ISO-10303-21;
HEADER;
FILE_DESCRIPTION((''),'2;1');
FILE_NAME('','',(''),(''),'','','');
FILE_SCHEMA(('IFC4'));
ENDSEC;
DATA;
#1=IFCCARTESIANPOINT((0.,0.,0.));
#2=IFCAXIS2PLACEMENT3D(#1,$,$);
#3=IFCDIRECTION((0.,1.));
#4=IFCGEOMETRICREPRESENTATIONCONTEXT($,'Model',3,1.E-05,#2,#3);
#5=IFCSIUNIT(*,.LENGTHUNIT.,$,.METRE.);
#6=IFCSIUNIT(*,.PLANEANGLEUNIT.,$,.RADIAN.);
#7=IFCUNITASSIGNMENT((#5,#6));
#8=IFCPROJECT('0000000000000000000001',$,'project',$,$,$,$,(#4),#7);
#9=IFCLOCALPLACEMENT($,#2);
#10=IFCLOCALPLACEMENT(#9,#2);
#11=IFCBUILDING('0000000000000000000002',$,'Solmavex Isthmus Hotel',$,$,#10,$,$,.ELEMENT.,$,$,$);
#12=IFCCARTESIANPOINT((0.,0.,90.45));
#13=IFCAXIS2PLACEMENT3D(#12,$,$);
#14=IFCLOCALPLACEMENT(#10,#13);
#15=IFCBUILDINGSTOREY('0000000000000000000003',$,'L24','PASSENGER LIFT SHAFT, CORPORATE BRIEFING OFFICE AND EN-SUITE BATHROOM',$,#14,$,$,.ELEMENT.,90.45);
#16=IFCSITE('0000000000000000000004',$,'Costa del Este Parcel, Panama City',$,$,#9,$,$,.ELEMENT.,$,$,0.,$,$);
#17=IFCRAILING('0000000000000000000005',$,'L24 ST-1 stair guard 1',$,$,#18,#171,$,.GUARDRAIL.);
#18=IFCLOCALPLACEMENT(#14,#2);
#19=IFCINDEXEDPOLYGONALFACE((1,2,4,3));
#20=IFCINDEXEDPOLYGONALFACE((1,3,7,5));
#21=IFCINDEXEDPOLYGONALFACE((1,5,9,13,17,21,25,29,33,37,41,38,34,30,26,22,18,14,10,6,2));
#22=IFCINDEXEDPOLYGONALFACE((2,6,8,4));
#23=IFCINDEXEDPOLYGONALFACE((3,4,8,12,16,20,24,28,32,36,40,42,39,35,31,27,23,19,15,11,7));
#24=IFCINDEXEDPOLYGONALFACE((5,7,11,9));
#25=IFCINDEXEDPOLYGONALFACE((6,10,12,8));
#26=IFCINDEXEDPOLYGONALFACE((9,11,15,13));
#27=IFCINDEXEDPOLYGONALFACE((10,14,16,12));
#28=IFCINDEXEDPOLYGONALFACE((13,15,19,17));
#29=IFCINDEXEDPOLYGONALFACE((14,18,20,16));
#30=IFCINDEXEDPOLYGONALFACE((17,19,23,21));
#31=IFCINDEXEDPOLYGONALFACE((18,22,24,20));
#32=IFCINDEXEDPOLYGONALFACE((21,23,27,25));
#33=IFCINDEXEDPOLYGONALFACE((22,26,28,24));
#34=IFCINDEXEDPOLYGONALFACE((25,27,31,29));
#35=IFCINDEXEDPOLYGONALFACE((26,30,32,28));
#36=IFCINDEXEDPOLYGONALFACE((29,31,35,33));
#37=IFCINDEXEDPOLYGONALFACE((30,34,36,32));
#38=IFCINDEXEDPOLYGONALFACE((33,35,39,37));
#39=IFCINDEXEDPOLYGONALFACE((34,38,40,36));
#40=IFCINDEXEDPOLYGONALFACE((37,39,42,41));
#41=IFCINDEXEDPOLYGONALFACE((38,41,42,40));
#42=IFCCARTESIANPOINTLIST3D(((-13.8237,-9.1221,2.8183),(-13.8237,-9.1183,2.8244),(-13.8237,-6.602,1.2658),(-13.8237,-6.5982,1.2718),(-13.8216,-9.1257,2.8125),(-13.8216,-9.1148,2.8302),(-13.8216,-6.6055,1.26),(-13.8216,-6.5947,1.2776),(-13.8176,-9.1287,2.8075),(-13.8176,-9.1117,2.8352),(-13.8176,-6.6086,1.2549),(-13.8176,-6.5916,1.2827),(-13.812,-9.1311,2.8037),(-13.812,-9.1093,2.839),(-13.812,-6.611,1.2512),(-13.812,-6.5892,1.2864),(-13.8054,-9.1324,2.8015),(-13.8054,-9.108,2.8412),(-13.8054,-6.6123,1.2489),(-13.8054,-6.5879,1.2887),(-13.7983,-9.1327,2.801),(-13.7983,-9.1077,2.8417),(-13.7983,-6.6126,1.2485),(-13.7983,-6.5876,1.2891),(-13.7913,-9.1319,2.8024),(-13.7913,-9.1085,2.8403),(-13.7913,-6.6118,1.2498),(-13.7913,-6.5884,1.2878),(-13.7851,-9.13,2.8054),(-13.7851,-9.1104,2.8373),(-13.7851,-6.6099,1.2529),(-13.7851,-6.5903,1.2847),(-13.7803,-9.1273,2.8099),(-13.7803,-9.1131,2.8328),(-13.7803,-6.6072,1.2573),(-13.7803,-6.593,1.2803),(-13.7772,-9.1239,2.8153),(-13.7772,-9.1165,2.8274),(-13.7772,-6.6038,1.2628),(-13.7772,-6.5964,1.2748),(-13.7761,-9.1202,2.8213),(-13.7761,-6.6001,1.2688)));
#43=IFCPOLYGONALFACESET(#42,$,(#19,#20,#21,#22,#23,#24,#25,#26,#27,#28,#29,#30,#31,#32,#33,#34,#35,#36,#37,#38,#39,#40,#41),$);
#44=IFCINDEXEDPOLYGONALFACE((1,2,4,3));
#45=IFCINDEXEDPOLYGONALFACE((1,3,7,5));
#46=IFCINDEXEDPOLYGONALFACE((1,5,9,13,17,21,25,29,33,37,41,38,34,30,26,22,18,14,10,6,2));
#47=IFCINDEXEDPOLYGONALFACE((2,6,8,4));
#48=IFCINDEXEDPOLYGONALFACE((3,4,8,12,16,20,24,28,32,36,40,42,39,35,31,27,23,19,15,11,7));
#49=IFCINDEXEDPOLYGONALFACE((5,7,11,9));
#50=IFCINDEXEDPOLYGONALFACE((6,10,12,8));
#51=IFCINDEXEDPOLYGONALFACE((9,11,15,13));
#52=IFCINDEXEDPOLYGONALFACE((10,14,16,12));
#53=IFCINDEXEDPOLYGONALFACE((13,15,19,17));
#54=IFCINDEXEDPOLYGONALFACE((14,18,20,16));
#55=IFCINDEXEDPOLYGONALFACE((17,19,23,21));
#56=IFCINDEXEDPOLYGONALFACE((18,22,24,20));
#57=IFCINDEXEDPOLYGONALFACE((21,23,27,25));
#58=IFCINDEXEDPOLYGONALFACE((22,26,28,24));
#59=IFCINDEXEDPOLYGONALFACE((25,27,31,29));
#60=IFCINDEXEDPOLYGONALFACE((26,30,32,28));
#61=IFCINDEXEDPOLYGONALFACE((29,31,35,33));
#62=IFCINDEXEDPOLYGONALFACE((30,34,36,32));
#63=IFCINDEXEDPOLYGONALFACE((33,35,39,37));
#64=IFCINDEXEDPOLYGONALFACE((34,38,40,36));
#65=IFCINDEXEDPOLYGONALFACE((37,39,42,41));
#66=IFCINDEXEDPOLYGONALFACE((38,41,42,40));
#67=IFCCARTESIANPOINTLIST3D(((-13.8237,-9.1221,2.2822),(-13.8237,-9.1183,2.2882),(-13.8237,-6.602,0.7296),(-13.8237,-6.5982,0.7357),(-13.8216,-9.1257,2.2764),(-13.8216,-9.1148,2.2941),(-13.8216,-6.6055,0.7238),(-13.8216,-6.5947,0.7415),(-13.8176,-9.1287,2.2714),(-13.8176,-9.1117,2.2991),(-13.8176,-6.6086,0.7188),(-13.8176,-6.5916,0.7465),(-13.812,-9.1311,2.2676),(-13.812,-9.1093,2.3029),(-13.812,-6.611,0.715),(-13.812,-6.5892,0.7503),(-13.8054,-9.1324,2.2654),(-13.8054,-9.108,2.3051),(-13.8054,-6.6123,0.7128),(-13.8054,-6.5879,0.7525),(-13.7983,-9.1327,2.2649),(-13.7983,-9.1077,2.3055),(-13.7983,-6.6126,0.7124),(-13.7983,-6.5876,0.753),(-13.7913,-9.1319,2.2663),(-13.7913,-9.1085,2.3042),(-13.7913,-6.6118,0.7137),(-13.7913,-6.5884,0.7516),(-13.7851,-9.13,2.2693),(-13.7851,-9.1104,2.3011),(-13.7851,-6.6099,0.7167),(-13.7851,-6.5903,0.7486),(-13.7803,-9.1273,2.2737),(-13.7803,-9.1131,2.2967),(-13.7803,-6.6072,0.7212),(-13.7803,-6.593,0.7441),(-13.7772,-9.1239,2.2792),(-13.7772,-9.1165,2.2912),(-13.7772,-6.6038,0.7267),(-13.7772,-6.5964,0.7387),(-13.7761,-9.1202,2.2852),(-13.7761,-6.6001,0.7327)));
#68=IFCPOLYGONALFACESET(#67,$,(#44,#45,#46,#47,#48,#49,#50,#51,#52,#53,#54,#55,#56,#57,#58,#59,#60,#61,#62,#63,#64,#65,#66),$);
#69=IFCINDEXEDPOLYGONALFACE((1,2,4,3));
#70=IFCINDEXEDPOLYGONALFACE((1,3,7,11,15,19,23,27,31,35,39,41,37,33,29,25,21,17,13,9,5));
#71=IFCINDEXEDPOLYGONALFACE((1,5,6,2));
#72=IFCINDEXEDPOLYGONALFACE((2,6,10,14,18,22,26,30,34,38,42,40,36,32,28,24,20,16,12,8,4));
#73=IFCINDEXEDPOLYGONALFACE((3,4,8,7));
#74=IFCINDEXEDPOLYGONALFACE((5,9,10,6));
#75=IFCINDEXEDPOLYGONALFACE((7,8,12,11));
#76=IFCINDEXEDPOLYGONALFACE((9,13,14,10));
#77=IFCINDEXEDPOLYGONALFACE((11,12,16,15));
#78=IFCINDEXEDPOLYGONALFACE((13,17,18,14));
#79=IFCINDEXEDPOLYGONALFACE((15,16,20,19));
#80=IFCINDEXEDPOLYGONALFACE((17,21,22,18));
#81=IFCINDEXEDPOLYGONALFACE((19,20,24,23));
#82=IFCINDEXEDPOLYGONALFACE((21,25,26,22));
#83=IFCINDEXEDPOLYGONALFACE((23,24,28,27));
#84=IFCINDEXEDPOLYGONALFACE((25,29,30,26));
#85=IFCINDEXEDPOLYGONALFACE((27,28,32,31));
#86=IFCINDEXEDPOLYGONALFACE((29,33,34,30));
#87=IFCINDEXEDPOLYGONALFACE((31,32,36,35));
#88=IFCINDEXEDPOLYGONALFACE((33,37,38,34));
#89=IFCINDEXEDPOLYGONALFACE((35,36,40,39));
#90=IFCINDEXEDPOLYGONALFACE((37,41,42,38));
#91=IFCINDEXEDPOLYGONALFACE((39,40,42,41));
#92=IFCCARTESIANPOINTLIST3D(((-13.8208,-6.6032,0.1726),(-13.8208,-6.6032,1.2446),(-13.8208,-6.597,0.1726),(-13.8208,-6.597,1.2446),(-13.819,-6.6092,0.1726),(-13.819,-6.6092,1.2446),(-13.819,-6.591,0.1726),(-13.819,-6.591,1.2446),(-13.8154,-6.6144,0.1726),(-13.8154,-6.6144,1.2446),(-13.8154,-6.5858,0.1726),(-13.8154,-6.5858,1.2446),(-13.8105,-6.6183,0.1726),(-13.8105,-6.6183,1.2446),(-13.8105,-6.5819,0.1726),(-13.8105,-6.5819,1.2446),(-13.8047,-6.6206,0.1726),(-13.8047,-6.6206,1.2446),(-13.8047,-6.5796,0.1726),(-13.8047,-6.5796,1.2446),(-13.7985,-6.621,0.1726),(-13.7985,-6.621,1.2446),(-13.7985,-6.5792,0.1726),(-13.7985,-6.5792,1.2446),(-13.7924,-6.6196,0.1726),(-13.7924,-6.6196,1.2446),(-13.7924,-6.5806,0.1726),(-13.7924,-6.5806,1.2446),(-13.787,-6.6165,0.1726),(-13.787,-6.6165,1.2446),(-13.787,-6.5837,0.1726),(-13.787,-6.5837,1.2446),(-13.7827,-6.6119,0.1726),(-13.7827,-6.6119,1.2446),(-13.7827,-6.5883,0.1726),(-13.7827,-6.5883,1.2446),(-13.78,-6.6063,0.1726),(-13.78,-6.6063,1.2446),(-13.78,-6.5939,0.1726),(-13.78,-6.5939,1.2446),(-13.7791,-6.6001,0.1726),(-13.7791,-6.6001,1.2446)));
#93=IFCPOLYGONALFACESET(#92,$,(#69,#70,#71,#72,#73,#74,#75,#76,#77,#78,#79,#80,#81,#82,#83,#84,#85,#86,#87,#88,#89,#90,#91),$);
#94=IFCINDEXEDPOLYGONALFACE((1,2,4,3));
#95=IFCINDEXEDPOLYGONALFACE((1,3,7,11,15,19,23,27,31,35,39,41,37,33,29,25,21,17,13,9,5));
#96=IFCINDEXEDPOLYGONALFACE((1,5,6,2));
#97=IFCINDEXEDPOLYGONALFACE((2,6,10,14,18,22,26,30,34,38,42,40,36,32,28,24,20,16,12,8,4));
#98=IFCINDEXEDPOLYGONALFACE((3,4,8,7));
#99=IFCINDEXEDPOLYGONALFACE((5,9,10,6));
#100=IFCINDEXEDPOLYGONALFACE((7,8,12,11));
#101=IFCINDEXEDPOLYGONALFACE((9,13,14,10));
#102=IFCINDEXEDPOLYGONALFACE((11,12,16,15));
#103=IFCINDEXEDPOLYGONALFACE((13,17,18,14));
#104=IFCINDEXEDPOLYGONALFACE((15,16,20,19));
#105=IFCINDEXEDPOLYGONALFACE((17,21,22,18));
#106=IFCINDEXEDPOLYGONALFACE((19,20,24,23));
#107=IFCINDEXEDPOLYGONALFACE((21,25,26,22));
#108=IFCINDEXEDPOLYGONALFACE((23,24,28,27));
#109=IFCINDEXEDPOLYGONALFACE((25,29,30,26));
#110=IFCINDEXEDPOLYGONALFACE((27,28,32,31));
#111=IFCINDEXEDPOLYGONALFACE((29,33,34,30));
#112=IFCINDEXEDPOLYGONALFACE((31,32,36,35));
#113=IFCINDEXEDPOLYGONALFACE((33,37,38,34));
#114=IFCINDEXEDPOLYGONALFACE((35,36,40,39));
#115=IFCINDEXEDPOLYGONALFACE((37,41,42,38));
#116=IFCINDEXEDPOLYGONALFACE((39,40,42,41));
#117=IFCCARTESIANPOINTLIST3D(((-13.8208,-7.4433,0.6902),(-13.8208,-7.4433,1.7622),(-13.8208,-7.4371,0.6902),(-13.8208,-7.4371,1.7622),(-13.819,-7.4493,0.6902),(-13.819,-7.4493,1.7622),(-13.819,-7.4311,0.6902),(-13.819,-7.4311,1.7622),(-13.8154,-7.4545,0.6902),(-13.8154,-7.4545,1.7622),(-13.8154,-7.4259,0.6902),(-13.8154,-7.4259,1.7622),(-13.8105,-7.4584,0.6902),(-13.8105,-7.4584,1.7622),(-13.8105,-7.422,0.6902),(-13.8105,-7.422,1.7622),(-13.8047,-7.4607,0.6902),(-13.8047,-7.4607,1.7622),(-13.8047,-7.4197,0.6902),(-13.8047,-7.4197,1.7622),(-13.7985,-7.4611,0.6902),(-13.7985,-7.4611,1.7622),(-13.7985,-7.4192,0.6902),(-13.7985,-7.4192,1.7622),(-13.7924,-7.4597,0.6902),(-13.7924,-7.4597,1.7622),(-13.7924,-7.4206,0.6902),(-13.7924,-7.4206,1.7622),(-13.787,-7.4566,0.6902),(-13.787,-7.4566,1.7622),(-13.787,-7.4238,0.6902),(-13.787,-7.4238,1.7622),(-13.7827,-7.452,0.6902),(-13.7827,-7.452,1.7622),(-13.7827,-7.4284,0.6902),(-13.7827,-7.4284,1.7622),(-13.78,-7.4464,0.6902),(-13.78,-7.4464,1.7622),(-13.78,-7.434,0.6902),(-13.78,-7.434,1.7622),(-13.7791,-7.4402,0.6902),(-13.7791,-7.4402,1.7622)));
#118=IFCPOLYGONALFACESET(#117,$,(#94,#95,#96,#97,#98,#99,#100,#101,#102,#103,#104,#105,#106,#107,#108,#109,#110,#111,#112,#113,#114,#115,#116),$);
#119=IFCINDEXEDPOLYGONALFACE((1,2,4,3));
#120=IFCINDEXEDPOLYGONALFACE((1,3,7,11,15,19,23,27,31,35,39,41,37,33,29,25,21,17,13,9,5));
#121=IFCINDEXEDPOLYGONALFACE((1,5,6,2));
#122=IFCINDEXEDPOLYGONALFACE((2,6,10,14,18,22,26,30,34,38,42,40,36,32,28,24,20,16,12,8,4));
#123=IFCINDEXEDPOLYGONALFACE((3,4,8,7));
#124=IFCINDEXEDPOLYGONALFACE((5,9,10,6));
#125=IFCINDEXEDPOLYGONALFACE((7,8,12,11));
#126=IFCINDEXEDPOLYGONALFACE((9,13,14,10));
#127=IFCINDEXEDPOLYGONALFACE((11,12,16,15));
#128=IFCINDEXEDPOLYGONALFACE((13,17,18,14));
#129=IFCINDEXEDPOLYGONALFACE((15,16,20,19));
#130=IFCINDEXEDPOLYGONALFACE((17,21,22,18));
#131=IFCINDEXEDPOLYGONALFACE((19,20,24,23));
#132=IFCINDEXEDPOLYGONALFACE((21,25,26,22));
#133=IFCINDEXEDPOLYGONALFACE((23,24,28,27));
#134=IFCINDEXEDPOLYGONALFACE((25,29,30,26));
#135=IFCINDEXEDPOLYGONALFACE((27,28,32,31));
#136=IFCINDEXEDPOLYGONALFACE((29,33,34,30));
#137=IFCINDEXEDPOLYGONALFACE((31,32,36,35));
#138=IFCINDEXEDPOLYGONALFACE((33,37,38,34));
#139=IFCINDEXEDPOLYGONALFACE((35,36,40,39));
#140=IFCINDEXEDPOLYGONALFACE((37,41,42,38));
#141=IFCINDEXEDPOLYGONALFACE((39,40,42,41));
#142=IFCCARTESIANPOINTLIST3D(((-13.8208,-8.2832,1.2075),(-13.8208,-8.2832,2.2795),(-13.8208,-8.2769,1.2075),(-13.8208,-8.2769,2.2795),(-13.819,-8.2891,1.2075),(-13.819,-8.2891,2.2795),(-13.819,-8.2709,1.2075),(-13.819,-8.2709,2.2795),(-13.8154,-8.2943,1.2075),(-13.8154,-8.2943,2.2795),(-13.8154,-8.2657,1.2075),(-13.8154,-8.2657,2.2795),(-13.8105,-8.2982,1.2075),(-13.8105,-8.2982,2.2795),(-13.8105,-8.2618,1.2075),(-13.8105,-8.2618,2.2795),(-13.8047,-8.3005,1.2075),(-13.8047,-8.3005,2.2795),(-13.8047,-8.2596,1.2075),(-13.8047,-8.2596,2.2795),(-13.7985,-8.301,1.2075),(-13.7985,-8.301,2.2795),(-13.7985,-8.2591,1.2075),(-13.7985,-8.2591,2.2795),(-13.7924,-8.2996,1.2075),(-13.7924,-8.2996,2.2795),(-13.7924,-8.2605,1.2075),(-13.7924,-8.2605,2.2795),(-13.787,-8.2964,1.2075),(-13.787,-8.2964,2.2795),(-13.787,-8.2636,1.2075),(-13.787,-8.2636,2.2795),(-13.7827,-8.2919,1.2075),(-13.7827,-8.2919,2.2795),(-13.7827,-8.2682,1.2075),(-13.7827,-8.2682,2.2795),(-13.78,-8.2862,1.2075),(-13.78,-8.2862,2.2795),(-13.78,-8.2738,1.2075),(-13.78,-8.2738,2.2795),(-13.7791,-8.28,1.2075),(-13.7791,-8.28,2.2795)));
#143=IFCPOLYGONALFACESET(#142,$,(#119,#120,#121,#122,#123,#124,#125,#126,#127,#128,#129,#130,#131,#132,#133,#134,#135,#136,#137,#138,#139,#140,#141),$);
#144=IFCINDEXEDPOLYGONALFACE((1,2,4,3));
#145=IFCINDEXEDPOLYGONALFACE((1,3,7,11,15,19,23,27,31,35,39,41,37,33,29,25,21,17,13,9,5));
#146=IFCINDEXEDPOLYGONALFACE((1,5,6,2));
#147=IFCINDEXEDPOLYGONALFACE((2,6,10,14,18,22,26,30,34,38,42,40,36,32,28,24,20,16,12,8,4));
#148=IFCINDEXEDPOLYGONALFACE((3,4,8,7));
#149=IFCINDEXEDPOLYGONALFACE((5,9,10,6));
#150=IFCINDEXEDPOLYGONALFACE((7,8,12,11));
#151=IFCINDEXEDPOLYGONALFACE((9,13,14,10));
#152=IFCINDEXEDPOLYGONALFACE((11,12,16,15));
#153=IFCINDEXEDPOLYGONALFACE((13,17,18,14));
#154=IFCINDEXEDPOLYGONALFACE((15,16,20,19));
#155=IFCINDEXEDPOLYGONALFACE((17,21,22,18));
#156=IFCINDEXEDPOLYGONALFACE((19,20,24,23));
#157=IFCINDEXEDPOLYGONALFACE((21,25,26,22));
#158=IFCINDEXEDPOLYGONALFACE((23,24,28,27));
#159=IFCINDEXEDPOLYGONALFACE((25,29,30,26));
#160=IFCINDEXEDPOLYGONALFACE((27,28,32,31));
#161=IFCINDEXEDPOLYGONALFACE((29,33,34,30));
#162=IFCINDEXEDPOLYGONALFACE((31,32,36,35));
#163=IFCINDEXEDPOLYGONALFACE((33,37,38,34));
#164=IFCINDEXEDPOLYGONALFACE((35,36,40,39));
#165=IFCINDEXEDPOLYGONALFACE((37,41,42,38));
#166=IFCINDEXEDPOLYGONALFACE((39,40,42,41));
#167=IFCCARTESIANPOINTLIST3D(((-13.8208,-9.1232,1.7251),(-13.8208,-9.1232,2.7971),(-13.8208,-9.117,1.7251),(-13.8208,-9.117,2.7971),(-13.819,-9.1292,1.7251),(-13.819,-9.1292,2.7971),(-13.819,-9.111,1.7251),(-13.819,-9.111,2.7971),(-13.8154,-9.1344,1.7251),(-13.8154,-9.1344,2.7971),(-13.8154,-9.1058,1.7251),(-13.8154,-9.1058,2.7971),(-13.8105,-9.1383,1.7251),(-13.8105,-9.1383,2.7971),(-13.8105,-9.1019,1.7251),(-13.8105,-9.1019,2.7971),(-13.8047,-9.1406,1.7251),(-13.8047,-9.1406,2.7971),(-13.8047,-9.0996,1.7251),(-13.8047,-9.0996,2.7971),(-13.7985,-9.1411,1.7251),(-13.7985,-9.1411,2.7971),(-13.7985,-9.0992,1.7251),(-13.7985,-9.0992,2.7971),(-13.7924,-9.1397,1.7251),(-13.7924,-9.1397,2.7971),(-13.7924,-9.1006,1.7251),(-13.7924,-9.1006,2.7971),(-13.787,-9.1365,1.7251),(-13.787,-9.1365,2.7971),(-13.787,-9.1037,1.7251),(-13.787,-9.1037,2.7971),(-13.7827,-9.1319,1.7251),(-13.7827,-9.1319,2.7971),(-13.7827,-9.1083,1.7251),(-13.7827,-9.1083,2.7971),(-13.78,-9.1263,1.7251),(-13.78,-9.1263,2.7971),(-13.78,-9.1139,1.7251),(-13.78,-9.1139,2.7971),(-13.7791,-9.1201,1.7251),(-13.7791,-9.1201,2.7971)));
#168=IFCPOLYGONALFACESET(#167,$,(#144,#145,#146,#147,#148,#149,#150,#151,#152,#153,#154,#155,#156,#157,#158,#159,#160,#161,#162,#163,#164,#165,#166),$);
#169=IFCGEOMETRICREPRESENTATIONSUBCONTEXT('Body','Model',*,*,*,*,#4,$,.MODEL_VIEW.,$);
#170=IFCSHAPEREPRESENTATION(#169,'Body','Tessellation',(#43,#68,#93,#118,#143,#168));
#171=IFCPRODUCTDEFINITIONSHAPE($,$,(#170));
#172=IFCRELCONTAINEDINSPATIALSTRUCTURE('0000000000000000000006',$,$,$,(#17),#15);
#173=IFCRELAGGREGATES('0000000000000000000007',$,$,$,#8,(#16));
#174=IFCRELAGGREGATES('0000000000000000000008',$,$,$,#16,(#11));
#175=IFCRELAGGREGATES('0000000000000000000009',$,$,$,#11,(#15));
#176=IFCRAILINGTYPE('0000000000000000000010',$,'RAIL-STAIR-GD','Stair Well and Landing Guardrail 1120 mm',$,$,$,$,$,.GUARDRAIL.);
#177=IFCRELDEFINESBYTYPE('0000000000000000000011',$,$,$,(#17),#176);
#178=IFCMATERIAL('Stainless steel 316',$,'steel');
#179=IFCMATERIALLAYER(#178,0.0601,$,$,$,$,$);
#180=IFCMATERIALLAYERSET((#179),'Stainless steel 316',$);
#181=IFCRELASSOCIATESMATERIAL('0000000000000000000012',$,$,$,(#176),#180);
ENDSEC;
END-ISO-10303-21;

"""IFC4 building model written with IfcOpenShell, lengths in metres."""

from ifc_helpers import new_model, si_unit, direction, frame, origin, origin_2d, place, context, subcontext, project, spatial, circle, extrude, material, layer, layer_set, type_object, element, save


model = new_model("IFC4")

# Units and contexts
model_context = context("Model", 3, precision=1e-05, world=origin(), true_north=direction((0.0, 1.0)))
body_context = subcontext(model_context, "Body", "Model", "MODEL_VIEW")
ifc_project = project(units=[si_unit("LENGTHUNIT", "METRE"), si_unit("PLANEANGLEUNIT", "RADIAN")], contexts=[model_context])

# Site, building, storey
site_placement = place(None, origin())
site = spatial("IfcSite", under=ifc_project, at=site_placement, Name="Costa del Este Parcel, Panama City", CompositionType="ELEMENT", RefElevation=0.0)
building_placement = place(site_placement, origin())
building = spatial("IfcBuilding", under=site, at=building_placement, Name="Solmavex Isthmus Hotel", CompositionType="ELEMENT")
storey_placement = place(building_placement, frame((0.0, 0.0, 90.45)))
storey = spatial("IfcBuildingStorey", under=building, at=storey_placement, Name="L24", Description="PASSENGER LIFT SHAFT, CORPORATE BRIEFING OFFICE AND EN-SUITE BATHROOM", CompositionType="ELEMENT", Elevation=90.45)

# Shared definitions
ifc_material_1 = material(Name="Stainless steel 316", Category="steel")

# Railing
ifc_layer_1 = layer(ifc_material_1, 0.0601)
ifc_layer_set_1 = layer_set([ifc_layer_1], Name="Stainless steel 316")
railing_type_1 = type_object("IfcRailingType", Name="RAIL-STAIR-GD", Description="Stair Well and Landing Guardrail 1120 mm", PredefinedType="GUARDRAIL", material=ifc_layer_set_1)
railing_1_placement = place(storey_placement, frame((-13.8, -6.6001, 0.1726)))
element("IfcRailing", 1, at=railing_1_placement, inside=storey, type_object=railing_type_1, Name="L24 ST-1 stair guard 1", PredefinedType="GUARDRAIL", context=body_context, shape_type="SweptSolid", body=[
    extrude(circle(Radius=0.0239, at=origin_2d()), frame((0.0, 0.0, 1.0962), z_axis=(0.0, -0.8514, 0.524516), x_axis=(1.0, 0.0, 0.0)), (0.0, 0.0, 1.0), 2.96),
    extrude(circle(Radius=0.0239, at=origin_2d()), frame((0.0, 0.0, 0.5601), z_axis=(0.0, -0.8514, 0.524516), x_axis=(1.0, 0.0, 0.0)), (0.0, 0.0, 1.0), 2.96),
    extrude(circle(Radius=0.021, at=origin_2d()), origin(), (0.0, 0.0, 1.0), 1.072),
    extrude(circle(Radius=0.021, at=origin_2d()), frame((0.0, -0.8401, 0.5176)), (0.0, 0.0, 1.0), 1.072),
    extrude(circle(Radius=0.021, at=origin_2d()), frame((0.0, -1.6799, 1.0349)), (0.0, 0.0, 1.0), 1.072),
    extrude(circle(Radius=0.021, at=origin_2d()), frame((0.0, -2.52, 1.5525)), (0.0, 0.0, 1.0), 1.072),
])

save(model, "model.ifc")
